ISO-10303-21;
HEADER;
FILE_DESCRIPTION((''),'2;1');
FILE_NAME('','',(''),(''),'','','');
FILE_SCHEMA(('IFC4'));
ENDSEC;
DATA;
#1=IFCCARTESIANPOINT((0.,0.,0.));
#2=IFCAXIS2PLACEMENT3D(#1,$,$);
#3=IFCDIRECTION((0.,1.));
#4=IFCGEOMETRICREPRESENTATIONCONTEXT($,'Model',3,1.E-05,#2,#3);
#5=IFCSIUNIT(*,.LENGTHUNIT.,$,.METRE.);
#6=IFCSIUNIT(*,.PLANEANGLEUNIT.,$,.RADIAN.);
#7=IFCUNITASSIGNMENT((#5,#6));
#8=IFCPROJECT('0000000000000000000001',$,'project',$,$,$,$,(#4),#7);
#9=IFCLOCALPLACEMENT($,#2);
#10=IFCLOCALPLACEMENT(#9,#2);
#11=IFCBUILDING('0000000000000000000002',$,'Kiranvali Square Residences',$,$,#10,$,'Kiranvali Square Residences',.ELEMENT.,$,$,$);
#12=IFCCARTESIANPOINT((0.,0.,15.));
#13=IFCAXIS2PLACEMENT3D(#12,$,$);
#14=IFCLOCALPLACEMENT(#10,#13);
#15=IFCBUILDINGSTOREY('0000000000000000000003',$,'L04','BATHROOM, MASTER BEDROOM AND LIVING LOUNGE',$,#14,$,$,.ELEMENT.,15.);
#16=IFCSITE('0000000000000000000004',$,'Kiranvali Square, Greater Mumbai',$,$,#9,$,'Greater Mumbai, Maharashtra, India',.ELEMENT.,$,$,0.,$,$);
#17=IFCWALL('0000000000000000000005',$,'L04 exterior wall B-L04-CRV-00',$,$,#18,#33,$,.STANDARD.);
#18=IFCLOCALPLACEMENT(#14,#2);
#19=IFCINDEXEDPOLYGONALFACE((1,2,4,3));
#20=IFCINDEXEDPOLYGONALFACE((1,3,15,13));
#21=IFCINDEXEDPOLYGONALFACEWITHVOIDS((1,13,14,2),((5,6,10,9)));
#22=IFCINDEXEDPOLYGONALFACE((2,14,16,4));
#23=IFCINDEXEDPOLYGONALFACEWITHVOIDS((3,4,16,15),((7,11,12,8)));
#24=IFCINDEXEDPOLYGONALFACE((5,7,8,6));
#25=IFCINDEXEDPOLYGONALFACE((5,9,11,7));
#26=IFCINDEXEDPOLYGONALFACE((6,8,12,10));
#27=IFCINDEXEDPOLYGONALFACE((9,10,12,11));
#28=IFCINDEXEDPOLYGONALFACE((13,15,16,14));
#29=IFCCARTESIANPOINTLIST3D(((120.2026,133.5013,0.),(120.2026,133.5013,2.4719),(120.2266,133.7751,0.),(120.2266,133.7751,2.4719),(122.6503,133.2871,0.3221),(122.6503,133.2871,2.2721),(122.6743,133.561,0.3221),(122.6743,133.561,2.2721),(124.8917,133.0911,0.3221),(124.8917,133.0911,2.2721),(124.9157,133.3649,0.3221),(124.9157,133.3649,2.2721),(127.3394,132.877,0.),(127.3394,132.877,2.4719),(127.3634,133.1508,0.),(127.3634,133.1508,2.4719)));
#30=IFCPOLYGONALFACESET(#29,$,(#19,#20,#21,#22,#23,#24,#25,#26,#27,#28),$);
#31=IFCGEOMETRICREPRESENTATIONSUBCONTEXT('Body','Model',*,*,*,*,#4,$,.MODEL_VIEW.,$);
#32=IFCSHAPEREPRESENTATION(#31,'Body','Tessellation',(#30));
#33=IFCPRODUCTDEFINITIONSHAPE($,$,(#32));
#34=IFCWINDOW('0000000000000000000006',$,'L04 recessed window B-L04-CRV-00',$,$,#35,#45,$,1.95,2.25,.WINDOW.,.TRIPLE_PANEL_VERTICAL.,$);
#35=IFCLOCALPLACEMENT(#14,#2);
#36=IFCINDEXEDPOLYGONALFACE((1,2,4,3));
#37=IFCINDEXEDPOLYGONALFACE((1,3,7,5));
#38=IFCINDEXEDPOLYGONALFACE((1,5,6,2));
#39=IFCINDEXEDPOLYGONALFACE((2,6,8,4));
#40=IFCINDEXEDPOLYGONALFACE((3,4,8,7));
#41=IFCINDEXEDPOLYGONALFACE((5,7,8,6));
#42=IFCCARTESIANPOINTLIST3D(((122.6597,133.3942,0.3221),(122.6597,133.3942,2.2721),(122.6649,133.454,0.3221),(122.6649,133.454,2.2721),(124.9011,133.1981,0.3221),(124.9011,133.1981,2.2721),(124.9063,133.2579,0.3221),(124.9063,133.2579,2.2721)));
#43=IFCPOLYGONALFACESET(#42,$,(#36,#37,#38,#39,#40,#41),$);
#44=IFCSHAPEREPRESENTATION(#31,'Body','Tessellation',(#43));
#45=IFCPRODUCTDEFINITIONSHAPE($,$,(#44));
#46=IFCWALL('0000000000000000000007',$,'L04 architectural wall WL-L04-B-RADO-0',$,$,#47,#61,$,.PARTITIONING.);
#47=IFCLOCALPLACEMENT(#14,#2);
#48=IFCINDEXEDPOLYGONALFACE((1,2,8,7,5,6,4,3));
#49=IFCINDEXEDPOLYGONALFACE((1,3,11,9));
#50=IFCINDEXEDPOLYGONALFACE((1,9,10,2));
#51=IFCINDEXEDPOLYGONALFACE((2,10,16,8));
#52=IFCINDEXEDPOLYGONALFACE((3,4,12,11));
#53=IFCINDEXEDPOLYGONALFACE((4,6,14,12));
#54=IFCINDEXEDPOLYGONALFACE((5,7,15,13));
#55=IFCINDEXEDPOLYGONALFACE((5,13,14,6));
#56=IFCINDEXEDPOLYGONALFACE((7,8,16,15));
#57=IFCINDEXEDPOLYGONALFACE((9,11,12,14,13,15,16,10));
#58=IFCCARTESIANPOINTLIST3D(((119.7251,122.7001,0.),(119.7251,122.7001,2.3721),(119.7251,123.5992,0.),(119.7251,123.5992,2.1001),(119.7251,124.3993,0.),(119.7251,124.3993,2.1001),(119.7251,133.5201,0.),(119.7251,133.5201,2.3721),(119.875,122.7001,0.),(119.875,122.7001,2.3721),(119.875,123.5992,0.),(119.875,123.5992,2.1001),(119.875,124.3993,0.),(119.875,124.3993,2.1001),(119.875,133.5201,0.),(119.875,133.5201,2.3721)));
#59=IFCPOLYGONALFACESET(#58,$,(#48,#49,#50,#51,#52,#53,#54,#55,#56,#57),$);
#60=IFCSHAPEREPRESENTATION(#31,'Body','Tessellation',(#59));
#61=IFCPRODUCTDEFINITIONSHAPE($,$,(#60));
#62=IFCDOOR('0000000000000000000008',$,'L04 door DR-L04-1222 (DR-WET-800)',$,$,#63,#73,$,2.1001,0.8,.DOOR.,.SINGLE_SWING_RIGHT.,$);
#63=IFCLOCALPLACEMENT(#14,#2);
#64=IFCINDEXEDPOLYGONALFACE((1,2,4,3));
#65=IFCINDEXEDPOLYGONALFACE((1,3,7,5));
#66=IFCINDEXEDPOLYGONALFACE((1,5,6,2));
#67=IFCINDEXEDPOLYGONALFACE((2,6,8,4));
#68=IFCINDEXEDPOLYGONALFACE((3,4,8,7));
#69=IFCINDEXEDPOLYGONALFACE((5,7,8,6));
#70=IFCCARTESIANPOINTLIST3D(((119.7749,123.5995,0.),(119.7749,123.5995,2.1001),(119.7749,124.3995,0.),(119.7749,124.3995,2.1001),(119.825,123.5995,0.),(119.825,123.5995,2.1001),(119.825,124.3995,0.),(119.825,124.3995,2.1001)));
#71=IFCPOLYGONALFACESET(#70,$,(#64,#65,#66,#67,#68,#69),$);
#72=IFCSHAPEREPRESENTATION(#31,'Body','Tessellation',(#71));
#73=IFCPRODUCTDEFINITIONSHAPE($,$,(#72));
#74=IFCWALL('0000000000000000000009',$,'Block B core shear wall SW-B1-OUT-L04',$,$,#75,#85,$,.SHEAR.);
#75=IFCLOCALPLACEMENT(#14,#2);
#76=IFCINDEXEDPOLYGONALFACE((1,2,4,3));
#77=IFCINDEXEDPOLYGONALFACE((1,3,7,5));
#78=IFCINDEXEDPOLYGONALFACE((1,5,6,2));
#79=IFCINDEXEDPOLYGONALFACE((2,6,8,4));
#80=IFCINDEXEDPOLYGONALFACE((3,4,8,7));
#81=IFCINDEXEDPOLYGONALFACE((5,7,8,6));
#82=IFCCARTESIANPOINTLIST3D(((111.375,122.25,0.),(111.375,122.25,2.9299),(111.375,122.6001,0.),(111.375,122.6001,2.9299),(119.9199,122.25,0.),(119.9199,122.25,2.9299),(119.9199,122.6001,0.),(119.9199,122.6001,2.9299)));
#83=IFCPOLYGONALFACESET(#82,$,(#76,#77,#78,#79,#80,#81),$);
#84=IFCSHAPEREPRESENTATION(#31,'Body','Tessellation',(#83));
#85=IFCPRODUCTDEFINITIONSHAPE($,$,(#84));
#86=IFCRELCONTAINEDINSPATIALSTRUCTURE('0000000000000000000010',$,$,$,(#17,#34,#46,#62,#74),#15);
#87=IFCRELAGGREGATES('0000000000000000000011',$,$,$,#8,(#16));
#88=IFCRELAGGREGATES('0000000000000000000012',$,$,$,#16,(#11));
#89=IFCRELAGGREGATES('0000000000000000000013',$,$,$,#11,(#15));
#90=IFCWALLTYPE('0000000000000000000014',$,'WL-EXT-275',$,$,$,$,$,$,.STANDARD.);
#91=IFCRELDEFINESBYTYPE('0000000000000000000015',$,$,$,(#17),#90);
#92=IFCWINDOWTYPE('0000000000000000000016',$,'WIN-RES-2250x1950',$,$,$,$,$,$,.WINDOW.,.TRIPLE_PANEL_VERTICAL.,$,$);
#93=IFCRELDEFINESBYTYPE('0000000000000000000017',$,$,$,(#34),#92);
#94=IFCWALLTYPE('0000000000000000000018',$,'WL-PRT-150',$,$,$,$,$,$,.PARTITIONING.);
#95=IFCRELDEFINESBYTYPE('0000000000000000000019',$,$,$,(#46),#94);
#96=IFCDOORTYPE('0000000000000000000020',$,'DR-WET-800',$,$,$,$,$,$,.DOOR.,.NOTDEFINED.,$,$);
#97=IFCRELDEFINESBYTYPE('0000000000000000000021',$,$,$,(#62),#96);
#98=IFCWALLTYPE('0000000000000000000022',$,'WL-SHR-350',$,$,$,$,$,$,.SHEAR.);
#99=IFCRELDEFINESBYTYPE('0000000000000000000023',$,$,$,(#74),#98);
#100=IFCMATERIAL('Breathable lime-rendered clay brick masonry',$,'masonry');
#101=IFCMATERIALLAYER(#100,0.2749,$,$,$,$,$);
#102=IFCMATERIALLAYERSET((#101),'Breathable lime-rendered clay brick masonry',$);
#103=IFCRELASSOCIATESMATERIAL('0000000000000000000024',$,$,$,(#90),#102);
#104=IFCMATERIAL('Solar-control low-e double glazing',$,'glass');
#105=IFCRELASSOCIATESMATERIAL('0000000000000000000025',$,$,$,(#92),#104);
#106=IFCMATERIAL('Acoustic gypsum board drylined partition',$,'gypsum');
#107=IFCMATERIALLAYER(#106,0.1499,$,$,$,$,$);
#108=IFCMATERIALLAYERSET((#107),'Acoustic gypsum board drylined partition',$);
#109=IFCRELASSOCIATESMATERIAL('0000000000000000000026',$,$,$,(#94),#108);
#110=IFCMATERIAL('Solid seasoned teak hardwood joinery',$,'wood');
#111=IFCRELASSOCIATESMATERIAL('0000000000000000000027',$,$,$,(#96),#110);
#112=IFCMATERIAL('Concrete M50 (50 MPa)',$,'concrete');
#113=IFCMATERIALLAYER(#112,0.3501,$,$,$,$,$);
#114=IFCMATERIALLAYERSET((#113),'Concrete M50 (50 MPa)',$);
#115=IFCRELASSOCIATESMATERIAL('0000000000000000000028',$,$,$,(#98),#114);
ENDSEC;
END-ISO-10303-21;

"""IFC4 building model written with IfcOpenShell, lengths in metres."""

from ifc_helpers import new_model, si_unit, direction, frame, frame_2d, origin, place, context, subcontext, project, spatial, rectangle, extrude, material, layer, layer_set, type_object, element, fill, save


model = new_model("IFC4")

# Units and contexts
model_context = context("Model", 3, precision=1e-05, world=origin(), true_north=direction((0.0, 1.0)))
body_context = subcontext(model_context, "Body", "Model", "MODEL_VIEW")
ifc_project = project(units=[si_unit("LENGTHUNIT", "METRE"), si_unit("PLANEANGLEUNIT", "RADIAN")], contexts=[model_context])

# Site, building, storey
site_placement = place(None, origin())
site = spatial("IfcSite", under=ifc_project, at=site_placement, Name="Kiranvali Square, Greater Mumbai", LongName="Greater Mumbai, Maharashtra, India", CompositionType="ELEMENT", RefElevation=0.0)
building_placement = place(site_placement, origin())
building = spatial("IfcBuilding", under=site, at=building_placement, Name="Kiranvali Square Residences", LongName="Kiranvali Square Residences", CompositionType="ELEMENT")
storey_placement = place(building_placement, frame((0.0, 0.0, 15.0)))
storey = spatial("IfcBuildingStorey", under=building, at=storey_placement, Name="L04", Description="BATHROOM, MASTER BEDROOM AND LIVING LOUNGE", CompositionType="ELEMENT", Elevation=15.0)

# Shared definitions
ifc_material_1 = material(Name="Concrete M50 (50 MPa)", Category="concrete")

# Wall, opening, window
ifc_material_2 = material(Name="Breathable lime-rendered clay brick masonry", Category="masonry")
ifc_layer_1 = layer(ifc_material_2, 0.2749)
ifc_layer_set_1 = layer_set([ifc_layer_1], Name="Breathable lime-rendered clay brick masonry")
wall_type_1 = type_object("IfcWallType", Name="WL-EXT-275", PredefinedType="STANDARD", material=ifc_layer_set_1)
wall_1_placement = place(storey_placement, frame((120.2146, 133.6382, 0.0), z_axis=(0.0, 0.0, 1.0), x_axis=(0.996196, -0.08714, 0.0)))
wall_1 = element("IfcWall", 1, at=wall_1_placement, inside=storey, type_object=wall_type_1, Name="L04 exterior wall B-L04-CRV-00", PredefinedType="STANDARD", context=body_context, shape_type="SweptSolid", body=[
    extrude(rectangle(XDim=7.1641, YDim=0.2749, at=frame_2d((3.582, 0.0))), origin(), (0.0, 0.0, 1.0), 2.4719),
])
opening_1_placement = place(wall_1_placement, frame((2.457, 0.0, 0.322)))
opening_1 = element("IfcOpeningElement", 2, at=opening_1_placement, cuts=wall_1, PredefinedType="OPENING", context=body_context, shape_type="SweptSolid", body=[
    extrude(rectangle(XDim=2.25, YDim=1.95, at=frame_2d((1.125, 0.9751))), frame((0.0, 0.1475, 0.0), z_axis=(0.0, -1.0, 0.0), x_axis=(1.0, 0.0, 0.0)), (0.0, 0.0, 1.0), 0.2949),
])
ifc_material_3 = material(Name="Solar-control low-e double glazing", Category="glass")
window_type = type_object("IfcWindowType", Name="WIN-RES-2250x1950", PartitioningType="TRIPLE_PANEL_VERTICAL", PredefinedType="WINDOW", material=ifc_material_3)
window_placement = place(opening_1_placement, origin())
window = element("IfcWindow", 3, at=window_placement, inside=storey, type_object=window_type, Name="L04 recessed window B-L04-CRV-00", OverallHeight=1.95, OverallWidth=2.25, PartitioningType="TRIPLE_PANEL_VERTICAL", PredefinedType="WINDOW", context=body_context, shape_type="SweptSolid", body=[
    extrude(rectangle(XDim=2.25, YDim=1.95, at=frame_2d((1.125, 0.9751))), frame((0.0, 0.03, 0.0), z_axis=(0.0, -1.0, 0.0), x_axis=(1.0, 0.0, 0.0)), (0.0, 0.0, 1.0), 0.0601),
])
fill(opening_1, window)

# Wall, opening, door
ifc_material_4 = material(Name="Acoustic gypsum board drylined partition", Category="gypsum")
ifc_layer_2 = layer(ifc_material_4, 0.1499)
ifc_layer_set_2 = layer_set([ifc_layer_2], Name="Acoustic gypsum board drylined partition")
wall_type_2 = type_object("IfcWallType", Name="WL-PRT-150", PredefinedType="PARTITIONING", material=ifc_layer_set_2)
wall_2_placement = place(storey_placement, frame((119.8, 122.7, 0.0), z_axis=(0.0, 0.0, 1.0), x_axis=(0.0, 1.0, 0.0)))
wall_2 = element("IfcWall", 4, at=wall_2_placement, inside=storey, type_object=wall_type_2, Name="L04 architectural wall WL-L04-B-RADO-0", PredefinedType="PARTITIONING", context=body_context, shape_type="SweptSolid", body=[
    extrude(rectangle(XDim=10.8201, YDim=0.1499, at=frame_2d((5.4102, 0.0))), origin(), (0.0, 0.0, 1.0), 2.3721),
])
opening_2_placement = place(wall_2_placement, frame((0.8994, 0.0, 0.0)))
opening_2 = element("IfcOpeningElement", 5, at=opening_2_placement, cuts=wall_2, PredefinedType="OPENING", context=body_context, shape_type="SweptSolid", body=[
    extrude(rectangle(XDim=0.8, YDim=2.1001, at=frame_2d((0.3999, 1.05))), frame((0.0, 0.085, 0.0), z_axis=(0.0, -1.0, 0.0), x_axis=(1.0, 0.0, 0.0)), (0.0, 0.0, 1.0), 0.1699),
])
ifc_material_5 = material(Name="Solid seasoned teak hardwood joinery", Category="wood")
door_type = type_object("IfcDoorType", Name="DR-WET-800", OperationType="NOTDEFINED", PredefinedType="DOOR", material=ifc_material_5)
door_placement = place(opening_2_placement, frame((0.8, 0.0, 0.0), z_axis=(0.0, 0.0, 1.0), x_axis=(-1.0, 0.0, 0.0)))
door = element("IfcDoor", 6, at=door_placement, inside=storey, type_object=door_type, Name="L04 door DR-L04-1222 (DR-WET-800)", OperationType="SINGLE_SWING_RIGHT", OverallHeight=2.1001, OverallWidth=0.8, PredefinedType="DOOR", context=body_context, shape_type="SweptSolid", body=[
    extrude(rectangle(XDim=0.8, YDim=2.1001, at=frame_2d((0.3999, 1.05))), frame((0.0, 0.0249, 0.0), z_axis=(0.0, -1.0, 0.0), x_axis=(1.0, 0.0, 0.0)), (0.0, 0.0, 1.0), 0.05),
])
fill(opening_2, door)

# Wall
ifc_layer_3 = layer(ifc_material_1, 0.3501)
ifc_layer_set_3 = layer_set([ifc_layer_3], Name="Concrete M50 (50 MPa)")
wall_type_3 = type_object("IfcWallType", Name="WL-SHR-350", PredefinedType="SHEAR", material=ifc_layer_set_3)
wall_3_placement = place(storey_placement, frame((119.9199, 122.425, 0.0), z_axis=(0.0, 0.0, 1.0), x_axis=(-1.0, 0.0, 0.0)))
element("IfcWall", 7, at=wall_3_placement, inside=storey, type_object=wall_type_3, Name="Block B core shear wall SW-B1-OUT-L04", PredefinedType="SHEAR", context=body_context, shape_type="SweptSolid", body=[
    extrude(rectangle(XDim=8.5449, YDim=0.3501, at=frame_2d((4.2725, 0.0))), origin(), (0.0, 0.0, 1.0), 2.9299),
])

save(model, "model.ifc")
